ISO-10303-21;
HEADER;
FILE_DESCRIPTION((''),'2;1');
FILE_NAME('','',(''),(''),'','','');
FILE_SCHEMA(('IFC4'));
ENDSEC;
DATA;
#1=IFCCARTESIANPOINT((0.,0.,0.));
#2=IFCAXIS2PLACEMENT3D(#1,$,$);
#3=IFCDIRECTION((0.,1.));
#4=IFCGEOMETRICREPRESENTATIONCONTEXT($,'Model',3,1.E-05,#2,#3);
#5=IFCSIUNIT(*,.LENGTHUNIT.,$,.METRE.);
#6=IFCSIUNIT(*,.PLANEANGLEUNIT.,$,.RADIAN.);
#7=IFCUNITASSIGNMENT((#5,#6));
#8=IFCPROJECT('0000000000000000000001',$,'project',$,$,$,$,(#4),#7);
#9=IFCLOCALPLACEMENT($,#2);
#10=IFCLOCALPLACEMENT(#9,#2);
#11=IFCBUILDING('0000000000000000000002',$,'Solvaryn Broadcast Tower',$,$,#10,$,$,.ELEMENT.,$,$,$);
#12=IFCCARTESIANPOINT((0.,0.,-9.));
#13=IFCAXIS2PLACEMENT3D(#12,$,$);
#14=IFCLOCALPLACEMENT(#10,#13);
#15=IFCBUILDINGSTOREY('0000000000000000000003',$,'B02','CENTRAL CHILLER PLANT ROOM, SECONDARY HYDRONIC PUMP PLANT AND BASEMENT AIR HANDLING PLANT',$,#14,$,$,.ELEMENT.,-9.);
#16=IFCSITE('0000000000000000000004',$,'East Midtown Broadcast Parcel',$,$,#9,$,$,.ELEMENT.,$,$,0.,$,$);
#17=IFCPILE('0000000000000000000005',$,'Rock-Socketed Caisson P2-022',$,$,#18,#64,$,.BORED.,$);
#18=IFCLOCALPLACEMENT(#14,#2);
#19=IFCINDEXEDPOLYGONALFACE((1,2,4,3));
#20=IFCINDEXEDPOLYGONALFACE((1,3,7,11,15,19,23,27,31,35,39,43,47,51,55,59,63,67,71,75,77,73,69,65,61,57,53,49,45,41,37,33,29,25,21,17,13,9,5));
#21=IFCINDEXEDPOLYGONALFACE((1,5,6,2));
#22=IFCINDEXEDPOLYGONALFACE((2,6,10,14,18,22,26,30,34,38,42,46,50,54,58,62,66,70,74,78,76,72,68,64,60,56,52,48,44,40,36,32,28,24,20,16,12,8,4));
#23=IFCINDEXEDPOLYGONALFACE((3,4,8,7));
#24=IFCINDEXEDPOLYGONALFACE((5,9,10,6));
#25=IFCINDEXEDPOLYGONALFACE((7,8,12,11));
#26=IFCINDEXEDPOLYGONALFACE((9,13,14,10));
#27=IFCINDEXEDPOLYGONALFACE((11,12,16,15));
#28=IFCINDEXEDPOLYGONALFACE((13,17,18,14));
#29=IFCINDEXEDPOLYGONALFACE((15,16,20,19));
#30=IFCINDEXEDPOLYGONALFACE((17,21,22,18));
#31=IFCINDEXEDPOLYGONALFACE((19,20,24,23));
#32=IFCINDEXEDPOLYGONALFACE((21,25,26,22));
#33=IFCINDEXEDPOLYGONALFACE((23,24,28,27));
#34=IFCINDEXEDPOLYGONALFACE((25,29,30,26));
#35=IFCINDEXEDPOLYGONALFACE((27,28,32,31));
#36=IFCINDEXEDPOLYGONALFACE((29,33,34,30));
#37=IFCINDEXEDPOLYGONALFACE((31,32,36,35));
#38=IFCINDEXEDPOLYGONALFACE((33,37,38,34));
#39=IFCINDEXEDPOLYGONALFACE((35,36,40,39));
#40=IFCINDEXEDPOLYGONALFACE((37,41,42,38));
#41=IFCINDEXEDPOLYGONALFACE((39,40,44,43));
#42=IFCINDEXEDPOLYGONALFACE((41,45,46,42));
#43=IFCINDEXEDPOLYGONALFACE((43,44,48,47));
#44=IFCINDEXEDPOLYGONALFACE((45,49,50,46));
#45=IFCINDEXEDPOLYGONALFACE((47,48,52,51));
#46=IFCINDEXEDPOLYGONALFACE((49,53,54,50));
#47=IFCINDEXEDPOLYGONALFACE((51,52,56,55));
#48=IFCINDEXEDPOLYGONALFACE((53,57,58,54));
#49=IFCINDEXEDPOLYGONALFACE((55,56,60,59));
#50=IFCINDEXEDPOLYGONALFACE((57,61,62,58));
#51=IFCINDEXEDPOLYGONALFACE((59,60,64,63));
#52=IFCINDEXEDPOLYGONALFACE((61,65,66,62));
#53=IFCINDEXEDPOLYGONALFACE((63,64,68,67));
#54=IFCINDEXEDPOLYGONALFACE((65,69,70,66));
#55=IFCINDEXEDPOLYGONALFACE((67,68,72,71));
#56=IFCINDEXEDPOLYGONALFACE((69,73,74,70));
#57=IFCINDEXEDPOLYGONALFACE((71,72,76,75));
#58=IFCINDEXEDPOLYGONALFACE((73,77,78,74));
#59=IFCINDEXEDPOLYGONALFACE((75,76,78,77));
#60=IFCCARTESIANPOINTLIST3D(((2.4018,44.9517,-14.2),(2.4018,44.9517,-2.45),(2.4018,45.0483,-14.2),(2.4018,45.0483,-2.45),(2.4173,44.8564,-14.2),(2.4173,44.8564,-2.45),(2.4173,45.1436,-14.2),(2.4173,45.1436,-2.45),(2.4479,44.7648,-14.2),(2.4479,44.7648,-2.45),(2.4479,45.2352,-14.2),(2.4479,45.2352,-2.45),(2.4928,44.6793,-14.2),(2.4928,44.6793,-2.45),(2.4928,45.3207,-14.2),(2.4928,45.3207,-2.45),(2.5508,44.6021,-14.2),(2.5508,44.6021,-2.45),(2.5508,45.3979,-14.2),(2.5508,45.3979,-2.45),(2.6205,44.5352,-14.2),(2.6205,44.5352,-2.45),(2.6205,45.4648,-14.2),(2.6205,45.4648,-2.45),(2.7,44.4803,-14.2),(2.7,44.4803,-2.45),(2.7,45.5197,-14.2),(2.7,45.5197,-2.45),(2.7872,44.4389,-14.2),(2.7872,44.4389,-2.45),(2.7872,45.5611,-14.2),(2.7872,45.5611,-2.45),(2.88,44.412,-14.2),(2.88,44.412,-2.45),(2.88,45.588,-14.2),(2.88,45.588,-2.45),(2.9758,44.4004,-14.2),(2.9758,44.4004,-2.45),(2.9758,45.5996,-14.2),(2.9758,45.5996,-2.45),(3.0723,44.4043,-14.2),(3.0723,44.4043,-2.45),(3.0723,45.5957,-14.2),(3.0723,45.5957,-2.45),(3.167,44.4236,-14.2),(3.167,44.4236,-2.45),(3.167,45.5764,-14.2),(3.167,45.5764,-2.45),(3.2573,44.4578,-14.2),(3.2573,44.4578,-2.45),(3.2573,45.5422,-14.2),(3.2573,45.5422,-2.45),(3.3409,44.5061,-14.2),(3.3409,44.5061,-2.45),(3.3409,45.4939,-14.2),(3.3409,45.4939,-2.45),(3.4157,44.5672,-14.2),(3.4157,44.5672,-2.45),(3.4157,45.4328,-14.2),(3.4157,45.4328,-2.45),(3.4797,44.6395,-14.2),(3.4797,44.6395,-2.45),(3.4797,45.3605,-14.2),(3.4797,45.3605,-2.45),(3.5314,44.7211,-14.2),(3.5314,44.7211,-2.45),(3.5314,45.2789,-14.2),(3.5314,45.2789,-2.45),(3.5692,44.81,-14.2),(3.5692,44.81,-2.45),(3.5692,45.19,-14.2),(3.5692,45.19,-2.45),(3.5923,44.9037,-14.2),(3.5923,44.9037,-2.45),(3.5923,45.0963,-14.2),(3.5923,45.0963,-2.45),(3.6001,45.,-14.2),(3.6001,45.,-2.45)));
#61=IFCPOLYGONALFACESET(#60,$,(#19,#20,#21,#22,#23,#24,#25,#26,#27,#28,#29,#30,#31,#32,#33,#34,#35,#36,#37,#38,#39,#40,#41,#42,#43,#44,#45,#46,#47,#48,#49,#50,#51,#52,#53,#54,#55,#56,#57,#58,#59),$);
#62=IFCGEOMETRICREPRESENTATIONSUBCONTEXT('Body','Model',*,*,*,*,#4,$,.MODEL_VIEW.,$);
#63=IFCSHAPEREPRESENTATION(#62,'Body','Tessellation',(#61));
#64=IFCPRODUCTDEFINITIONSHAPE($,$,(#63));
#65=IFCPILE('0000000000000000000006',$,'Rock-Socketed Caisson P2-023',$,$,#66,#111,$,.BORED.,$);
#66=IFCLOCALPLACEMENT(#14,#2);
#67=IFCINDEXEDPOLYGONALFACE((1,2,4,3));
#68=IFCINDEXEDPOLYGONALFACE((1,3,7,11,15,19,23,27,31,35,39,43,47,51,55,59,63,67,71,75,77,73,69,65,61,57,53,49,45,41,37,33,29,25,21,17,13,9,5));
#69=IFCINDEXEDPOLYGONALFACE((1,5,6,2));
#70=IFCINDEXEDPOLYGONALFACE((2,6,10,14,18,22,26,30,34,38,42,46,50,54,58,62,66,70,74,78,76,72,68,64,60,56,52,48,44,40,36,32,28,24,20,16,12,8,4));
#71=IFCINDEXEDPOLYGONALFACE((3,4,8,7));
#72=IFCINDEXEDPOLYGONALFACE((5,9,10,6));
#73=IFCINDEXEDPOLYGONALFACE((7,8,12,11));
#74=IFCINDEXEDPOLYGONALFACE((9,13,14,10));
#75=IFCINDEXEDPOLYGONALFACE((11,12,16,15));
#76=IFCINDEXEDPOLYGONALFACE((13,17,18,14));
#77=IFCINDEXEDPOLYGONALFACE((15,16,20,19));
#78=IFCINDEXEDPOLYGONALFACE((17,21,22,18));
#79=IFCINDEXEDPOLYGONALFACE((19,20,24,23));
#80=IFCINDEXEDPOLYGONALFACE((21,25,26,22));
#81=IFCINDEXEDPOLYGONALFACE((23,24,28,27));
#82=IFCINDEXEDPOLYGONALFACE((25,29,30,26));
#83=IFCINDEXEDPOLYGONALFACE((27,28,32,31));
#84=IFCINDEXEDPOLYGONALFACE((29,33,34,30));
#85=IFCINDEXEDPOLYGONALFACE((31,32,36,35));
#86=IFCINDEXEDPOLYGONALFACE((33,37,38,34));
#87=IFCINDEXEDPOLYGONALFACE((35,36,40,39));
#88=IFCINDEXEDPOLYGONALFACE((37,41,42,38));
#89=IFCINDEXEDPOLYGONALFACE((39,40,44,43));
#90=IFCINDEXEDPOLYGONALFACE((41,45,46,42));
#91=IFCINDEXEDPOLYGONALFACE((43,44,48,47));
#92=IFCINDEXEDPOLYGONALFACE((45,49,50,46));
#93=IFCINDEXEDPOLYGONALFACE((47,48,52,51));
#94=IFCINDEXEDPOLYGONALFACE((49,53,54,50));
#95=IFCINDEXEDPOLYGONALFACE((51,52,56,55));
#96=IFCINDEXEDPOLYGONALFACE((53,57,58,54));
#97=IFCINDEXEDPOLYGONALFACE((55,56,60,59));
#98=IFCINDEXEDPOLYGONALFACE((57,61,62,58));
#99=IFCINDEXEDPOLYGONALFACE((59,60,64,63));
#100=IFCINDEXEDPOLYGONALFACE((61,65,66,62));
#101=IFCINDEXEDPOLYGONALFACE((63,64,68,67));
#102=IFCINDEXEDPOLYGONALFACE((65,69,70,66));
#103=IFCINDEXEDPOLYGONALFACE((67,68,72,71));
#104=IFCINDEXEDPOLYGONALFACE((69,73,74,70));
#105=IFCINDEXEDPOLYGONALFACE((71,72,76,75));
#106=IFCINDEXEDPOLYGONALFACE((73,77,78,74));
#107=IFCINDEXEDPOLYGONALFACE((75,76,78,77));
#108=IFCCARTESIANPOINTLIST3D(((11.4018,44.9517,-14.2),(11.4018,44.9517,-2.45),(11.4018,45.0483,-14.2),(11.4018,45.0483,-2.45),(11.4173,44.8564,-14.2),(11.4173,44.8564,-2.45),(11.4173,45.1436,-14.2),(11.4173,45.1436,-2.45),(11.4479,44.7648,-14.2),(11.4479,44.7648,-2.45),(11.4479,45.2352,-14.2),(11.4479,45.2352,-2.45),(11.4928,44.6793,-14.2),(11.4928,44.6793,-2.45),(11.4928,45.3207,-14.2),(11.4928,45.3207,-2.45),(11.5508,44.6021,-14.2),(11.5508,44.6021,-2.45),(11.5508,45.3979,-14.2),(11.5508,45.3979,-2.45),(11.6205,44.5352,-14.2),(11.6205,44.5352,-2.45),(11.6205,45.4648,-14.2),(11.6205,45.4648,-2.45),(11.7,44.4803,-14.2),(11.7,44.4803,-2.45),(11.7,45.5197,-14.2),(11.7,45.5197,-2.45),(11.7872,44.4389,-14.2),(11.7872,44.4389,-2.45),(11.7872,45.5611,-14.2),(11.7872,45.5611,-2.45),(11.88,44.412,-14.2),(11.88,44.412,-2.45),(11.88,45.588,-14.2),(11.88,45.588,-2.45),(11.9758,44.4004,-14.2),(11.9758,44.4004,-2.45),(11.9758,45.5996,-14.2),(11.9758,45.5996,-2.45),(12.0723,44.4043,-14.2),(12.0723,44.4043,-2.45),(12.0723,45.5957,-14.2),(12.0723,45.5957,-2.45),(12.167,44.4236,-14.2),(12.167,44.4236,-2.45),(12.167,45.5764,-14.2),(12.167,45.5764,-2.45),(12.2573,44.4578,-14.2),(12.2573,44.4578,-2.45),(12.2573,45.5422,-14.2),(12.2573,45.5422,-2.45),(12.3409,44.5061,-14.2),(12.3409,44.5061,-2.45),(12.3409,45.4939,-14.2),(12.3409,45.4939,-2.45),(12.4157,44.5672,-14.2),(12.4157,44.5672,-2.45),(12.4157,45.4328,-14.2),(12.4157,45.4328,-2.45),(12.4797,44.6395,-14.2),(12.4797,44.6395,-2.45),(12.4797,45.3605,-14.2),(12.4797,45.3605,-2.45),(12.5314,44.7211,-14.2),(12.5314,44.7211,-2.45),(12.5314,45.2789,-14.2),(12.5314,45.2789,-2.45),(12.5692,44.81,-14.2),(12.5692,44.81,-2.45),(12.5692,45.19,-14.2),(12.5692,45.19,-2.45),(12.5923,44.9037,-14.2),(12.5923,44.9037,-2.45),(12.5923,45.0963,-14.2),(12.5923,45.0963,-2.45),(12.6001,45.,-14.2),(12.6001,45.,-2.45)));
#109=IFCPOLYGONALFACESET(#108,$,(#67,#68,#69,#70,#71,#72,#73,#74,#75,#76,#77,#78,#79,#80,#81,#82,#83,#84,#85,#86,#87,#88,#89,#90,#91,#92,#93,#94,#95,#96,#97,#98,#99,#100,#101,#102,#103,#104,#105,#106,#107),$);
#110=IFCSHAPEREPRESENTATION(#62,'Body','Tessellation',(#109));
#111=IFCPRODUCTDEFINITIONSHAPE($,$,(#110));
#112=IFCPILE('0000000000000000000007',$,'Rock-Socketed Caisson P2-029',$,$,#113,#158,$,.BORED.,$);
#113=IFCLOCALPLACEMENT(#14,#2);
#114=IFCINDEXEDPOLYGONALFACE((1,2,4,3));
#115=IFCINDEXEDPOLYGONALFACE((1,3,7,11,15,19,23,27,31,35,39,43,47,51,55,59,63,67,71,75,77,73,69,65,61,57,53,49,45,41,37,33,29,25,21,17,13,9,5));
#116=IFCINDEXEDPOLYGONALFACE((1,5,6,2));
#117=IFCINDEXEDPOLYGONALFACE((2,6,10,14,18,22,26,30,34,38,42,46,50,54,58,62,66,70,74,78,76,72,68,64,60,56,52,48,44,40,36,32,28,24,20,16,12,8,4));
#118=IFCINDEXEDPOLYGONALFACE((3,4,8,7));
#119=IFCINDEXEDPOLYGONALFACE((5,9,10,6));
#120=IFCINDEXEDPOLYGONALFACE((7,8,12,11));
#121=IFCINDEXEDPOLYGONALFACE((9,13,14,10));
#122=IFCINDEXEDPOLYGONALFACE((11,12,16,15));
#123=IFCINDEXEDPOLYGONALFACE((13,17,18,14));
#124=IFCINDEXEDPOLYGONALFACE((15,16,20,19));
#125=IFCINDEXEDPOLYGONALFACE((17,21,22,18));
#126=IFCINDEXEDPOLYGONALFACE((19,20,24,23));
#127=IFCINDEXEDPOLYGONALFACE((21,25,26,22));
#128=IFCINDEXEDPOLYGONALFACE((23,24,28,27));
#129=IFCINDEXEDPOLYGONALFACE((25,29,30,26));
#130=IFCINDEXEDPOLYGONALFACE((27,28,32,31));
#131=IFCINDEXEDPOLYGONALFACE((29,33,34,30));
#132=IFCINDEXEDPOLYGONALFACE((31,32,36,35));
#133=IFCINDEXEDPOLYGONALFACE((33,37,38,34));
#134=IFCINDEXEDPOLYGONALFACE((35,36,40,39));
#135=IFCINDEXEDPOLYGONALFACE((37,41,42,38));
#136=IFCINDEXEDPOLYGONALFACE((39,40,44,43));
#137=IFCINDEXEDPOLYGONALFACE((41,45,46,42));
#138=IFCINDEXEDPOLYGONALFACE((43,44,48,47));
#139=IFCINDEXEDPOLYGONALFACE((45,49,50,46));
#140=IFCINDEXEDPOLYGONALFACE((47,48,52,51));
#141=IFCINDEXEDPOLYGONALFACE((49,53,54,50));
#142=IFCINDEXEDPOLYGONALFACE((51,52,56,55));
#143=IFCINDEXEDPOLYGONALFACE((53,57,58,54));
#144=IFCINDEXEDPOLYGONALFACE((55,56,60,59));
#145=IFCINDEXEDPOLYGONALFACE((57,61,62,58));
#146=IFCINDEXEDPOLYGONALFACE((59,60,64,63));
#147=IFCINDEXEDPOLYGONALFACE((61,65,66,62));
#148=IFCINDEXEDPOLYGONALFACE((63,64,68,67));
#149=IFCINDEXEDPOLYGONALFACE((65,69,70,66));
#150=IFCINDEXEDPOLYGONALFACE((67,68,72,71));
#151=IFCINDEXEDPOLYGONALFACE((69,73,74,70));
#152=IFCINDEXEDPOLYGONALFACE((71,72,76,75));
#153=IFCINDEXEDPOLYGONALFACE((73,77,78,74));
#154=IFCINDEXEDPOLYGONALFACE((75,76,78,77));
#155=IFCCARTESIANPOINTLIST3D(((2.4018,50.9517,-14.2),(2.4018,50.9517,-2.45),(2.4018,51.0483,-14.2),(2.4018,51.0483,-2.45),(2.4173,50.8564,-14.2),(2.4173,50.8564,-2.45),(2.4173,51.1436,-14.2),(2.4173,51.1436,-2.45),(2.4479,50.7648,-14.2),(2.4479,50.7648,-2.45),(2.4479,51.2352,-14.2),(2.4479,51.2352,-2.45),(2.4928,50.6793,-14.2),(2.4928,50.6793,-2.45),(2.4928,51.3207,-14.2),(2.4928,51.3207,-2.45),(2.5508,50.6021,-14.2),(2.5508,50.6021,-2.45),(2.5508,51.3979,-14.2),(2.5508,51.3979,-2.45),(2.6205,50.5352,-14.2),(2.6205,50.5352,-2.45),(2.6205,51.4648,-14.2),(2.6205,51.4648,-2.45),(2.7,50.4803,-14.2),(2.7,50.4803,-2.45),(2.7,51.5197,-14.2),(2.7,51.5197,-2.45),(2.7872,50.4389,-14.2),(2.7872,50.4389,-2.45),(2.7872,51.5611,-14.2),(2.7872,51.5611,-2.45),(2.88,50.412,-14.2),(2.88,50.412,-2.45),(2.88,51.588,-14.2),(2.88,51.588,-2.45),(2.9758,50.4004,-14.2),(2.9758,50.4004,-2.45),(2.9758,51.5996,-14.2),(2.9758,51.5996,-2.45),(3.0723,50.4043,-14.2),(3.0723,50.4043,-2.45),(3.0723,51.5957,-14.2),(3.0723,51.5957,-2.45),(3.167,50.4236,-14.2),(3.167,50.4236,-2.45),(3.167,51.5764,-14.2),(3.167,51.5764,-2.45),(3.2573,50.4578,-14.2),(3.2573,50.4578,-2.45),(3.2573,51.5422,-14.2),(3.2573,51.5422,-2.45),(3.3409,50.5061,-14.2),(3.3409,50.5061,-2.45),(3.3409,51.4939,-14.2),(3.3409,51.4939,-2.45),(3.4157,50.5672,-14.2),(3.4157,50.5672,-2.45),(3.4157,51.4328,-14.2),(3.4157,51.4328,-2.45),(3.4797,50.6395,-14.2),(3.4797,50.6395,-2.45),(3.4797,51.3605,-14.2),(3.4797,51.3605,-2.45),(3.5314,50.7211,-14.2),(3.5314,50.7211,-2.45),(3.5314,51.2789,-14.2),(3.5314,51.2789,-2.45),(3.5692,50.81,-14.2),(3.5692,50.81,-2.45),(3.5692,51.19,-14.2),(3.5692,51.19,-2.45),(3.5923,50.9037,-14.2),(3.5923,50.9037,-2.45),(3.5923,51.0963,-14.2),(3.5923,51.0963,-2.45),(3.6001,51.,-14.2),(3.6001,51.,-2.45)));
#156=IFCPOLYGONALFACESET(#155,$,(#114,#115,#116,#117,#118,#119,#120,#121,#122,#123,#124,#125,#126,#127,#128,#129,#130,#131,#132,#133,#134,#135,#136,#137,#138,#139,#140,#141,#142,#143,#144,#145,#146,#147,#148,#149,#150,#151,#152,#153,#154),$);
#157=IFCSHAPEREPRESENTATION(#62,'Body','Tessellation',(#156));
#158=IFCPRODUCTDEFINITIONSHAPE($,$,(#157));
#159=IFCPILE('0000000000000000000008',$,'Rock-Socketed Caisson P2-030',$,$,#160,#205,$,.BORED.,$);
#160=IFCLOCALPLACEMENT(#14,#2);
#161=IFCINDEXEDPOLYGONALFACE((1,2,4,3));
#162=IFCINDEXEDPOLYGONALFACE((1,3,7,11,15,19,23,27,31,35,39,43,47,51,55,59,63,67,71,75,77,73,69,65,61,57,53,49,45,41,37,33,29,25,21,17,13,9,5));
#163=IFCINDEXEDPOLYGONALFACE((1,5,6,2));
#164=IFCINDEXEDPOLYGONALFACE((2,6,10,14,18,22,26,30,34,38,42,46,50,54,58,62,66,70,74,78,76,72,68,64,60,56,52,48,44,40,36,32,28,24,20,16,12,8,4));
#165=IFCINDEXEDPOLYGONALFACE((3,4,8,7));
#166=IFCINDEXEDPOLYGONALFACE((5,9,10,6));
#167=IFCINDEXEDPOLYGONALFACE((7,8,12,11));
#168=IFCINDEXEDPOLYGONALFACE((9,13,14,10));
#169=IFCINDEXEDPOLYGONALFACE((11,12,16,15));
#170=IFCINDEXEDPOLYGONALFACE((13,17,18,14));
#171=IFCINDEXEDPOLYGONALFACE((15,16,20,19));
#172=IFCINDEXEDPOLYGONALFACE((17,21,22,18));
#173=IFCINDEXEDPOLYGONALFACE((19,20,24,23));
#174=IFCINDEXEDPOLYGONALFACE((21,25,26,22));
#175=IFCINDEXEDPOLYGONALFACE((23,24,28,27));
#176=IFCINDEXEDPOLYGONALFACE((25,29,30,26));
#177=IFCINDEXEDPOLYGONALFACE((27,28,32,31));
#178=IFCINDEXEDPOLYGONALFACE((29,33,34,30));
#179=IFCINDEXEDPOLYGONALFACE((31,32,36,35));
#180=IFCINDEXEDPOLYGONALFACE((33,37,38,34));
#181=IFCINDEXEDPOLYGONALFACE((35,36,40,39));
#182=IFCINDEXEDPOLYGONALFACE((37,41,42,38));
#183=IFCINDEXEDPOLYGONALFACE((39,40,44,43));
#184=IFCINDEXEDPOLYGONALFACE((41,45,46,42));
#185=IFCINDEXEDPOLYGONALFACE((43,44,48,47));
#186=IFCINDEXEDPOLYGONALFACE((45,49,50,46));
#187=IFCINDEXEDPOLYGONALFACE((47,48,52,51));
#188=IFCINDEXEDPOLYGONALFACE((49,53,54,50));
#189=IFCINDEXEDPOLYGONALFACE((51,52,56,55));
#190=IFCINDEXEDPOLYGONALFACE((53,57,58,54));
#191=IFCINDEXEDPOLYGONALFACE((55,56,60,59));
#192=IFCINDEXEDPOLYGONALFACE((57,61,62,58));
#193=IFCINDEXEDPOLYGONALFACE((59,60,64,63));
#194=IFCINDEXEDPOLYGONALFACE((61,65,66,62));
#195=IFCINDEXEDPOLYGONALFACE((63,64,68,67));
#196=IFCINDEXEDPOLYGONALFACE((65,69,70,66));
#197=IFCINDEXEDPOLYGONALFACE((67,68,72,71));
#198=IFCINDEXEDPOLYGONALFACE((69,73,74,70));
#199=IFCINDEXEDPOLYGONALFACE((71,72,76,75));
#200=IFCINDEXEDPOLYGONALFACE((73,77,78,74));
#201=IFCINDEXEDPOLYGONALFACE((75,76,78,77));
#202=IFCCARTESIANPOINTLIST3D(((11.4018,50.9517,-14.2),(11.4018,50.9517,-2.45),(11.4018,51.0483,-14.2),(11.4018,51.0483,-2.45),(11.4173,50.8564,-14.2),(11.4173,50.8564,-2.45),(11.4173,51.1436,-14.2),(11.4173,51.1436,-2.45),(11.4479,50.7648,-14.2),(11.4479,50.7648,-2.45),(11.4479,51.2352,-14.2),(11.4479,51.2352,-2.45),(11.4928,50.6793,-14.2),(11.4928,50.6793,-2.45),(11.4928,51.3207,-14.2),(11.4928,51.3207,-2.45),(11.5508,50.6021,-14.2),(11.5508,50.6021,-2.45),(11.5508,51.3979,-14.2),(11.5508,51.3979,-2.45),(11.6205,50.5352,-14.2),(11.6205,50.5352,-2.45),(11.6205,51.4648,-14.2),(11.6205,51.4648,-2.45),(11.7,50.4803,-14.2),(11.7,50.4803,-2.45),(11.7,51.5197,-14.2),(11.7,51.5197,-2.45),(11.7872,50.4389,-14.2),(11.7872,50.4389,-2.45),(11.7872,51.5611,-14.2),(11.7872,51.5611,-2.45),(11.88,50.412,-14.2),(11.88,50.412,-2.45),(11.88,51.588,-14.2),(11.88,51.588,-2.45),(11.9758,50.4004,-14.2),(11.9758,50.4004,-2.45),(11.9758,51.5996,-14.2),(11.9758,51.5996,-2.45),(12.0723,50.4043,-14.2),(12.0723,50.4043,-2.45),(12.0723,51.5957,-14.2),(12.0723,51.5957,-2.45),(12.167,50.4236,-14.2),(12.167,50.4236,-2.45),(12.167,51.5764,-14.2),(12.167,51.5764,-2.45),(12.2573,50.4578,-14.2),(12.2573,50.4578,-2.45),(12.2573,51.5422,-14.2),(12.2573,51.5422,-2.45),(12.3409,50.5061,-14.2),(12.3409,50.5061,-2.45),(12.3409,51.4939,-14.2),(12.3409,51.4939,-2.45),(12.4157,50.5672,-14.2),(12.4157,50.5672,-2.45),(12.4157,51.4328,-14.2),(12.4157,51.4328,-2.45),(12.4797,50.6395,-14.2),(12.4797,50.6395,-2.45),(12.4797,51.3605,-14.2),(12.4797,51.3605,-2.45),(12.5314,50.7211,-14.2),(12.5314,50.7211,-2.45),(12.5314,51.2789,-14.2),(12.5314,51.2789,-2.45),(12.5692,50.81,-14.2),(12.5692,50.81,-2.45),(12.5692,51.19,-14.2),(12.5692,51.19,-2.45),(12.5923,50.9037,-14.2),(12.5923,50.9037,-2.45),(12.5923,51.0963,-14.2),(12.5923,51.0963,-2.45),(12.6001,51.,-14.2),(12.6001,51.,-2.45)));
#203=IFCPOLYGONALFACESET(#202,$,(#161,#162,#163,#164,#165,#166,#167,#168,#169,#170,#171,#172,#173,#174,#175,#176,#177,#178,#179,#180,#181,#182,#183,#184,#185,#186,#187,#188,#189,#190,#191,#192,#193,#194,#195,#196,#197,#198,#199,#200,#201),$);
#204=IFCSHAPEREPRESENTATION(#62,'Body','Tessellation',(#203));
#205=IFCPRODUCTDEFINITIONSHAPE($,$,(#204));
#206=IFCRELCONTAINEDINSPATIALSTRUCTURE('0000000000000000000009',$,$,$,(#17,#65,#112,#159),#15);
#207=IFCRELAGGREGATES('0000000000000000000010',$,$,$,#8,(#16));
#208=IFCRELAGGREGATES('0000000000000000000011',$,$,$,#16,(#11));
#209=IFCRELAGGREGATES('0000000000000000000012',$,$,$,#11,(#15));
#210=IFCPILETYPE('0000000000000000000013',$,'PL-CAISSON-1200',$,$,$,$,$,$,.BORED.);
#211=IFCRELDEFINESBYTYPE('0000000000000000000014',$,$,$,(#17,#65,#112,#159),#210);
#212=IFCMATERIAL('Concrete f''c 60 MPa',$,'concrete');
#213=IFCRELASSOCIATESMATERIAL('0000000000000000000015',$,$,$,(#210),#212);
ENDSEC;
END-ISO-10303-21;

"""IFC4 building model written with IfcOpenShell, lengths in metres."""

from ifc_helpers import new_model, si_unit, direction, frame, origin, origin_2d, place, context, subcontext, project, spatial, circle, extrude, material, material_profile, profile_set, type_object, element, save


model = new_model("IFC4")

# Units and contexts
model_context = context("Model", 3, precision=1e-05, world=origin(), true_north=direction((0.0, 1.0)))
body_context = subcontext(model_context, "Body", "Model", "MODEL_VIEW")
ifc_project = project(units=[si_unit("LENGTHUNIT", "METRE"), si_unit("PLANEANGLEUNIT", "RADIAN")], contexts=[model_context])

# Site, building, storey
site_placement = place(None, origin())
site = spatial("IfcSite", under=ifc_project, at=site_placement, Name="East Midtown Broadcast Parcel", CompositionType="ELEMENT", RefElevation=0.0)
building_placement = place(site_placement, origin())
building = spatial("IfcBuilding", under=site, at=building_placement, Name="Solvaryn Broadcast Tower", CompositionType="ELEMENT")
storey_placement = place(building_placement, frame((0.0, 0.0, -9.0)))
storey = spatial("IfcBuildingStorey", under=building, at=storey_placement, Name="B02", Description="CENTRAL CHILLER PLANT ROOM, SECONDARY HYDRONIC PUMP PLANT AND BASEMENT AIR HANDLING PLANT", CompositionType="ELEMENT", Elevation=-9.0)

# Piles
ifc_material_1 = material(Name="Concrete f'c 60 MPa", Category="concrete")
ifc_material_profile_1 = material_profile(ifc_material_1, circle(Radius=0.6001, at=origin_2d()))
ifc_profile_set_1 = profile_set([ifc_material_profile_1], Name="Concrete f'c 60 MPa")
pile_type_1 = type_object("IfcPileType", Name="PL-CAISSON-1200", PredefinedType="BORED", material=ifc_profile_set_1)
for number, where, z_axis, x_axis, name in (
    (1, (3.0, 45.0, -2.45), (0.0, 0.0, -1.0), (1.0, 0.0, 0.0), "Rock-Socketed Caisson P2-022"),
    (2, (12.0, 45.0, -2.45), (0.0, 0.0, -1.0), (1.0, 0.0, 0.0), "Rock-Socketed Caisson P2-023"),
    (3, (3.0, 51.0, -2.45), (0.0, 0.0, -1.0), (1.0, 0.0, 0.0), "Rock-Socketed Caisson P2-029"),
    (4, (12.0, 51.0, -2.45), (0.0, 0.0, -1.0), (1.0, 0.0, 0.0), "Rock-Socketed Caisson P2-030"),
):
    element("IfcPile", number, at=place(storey_placement, frame(where, z_axis=z_axis, x_axis=x_axis)), inside=storey, type_object=pile_type_1, Name=name, PredefinedType="BORED", context=body_context, shape_type="SweptSolid", body=[
        extrude(circle(Radius=0.6001, at=origin_2d()), origin(), (0.0, 0.0, 1.0), 11.75),
    ])

save(model, "model.ifc")
